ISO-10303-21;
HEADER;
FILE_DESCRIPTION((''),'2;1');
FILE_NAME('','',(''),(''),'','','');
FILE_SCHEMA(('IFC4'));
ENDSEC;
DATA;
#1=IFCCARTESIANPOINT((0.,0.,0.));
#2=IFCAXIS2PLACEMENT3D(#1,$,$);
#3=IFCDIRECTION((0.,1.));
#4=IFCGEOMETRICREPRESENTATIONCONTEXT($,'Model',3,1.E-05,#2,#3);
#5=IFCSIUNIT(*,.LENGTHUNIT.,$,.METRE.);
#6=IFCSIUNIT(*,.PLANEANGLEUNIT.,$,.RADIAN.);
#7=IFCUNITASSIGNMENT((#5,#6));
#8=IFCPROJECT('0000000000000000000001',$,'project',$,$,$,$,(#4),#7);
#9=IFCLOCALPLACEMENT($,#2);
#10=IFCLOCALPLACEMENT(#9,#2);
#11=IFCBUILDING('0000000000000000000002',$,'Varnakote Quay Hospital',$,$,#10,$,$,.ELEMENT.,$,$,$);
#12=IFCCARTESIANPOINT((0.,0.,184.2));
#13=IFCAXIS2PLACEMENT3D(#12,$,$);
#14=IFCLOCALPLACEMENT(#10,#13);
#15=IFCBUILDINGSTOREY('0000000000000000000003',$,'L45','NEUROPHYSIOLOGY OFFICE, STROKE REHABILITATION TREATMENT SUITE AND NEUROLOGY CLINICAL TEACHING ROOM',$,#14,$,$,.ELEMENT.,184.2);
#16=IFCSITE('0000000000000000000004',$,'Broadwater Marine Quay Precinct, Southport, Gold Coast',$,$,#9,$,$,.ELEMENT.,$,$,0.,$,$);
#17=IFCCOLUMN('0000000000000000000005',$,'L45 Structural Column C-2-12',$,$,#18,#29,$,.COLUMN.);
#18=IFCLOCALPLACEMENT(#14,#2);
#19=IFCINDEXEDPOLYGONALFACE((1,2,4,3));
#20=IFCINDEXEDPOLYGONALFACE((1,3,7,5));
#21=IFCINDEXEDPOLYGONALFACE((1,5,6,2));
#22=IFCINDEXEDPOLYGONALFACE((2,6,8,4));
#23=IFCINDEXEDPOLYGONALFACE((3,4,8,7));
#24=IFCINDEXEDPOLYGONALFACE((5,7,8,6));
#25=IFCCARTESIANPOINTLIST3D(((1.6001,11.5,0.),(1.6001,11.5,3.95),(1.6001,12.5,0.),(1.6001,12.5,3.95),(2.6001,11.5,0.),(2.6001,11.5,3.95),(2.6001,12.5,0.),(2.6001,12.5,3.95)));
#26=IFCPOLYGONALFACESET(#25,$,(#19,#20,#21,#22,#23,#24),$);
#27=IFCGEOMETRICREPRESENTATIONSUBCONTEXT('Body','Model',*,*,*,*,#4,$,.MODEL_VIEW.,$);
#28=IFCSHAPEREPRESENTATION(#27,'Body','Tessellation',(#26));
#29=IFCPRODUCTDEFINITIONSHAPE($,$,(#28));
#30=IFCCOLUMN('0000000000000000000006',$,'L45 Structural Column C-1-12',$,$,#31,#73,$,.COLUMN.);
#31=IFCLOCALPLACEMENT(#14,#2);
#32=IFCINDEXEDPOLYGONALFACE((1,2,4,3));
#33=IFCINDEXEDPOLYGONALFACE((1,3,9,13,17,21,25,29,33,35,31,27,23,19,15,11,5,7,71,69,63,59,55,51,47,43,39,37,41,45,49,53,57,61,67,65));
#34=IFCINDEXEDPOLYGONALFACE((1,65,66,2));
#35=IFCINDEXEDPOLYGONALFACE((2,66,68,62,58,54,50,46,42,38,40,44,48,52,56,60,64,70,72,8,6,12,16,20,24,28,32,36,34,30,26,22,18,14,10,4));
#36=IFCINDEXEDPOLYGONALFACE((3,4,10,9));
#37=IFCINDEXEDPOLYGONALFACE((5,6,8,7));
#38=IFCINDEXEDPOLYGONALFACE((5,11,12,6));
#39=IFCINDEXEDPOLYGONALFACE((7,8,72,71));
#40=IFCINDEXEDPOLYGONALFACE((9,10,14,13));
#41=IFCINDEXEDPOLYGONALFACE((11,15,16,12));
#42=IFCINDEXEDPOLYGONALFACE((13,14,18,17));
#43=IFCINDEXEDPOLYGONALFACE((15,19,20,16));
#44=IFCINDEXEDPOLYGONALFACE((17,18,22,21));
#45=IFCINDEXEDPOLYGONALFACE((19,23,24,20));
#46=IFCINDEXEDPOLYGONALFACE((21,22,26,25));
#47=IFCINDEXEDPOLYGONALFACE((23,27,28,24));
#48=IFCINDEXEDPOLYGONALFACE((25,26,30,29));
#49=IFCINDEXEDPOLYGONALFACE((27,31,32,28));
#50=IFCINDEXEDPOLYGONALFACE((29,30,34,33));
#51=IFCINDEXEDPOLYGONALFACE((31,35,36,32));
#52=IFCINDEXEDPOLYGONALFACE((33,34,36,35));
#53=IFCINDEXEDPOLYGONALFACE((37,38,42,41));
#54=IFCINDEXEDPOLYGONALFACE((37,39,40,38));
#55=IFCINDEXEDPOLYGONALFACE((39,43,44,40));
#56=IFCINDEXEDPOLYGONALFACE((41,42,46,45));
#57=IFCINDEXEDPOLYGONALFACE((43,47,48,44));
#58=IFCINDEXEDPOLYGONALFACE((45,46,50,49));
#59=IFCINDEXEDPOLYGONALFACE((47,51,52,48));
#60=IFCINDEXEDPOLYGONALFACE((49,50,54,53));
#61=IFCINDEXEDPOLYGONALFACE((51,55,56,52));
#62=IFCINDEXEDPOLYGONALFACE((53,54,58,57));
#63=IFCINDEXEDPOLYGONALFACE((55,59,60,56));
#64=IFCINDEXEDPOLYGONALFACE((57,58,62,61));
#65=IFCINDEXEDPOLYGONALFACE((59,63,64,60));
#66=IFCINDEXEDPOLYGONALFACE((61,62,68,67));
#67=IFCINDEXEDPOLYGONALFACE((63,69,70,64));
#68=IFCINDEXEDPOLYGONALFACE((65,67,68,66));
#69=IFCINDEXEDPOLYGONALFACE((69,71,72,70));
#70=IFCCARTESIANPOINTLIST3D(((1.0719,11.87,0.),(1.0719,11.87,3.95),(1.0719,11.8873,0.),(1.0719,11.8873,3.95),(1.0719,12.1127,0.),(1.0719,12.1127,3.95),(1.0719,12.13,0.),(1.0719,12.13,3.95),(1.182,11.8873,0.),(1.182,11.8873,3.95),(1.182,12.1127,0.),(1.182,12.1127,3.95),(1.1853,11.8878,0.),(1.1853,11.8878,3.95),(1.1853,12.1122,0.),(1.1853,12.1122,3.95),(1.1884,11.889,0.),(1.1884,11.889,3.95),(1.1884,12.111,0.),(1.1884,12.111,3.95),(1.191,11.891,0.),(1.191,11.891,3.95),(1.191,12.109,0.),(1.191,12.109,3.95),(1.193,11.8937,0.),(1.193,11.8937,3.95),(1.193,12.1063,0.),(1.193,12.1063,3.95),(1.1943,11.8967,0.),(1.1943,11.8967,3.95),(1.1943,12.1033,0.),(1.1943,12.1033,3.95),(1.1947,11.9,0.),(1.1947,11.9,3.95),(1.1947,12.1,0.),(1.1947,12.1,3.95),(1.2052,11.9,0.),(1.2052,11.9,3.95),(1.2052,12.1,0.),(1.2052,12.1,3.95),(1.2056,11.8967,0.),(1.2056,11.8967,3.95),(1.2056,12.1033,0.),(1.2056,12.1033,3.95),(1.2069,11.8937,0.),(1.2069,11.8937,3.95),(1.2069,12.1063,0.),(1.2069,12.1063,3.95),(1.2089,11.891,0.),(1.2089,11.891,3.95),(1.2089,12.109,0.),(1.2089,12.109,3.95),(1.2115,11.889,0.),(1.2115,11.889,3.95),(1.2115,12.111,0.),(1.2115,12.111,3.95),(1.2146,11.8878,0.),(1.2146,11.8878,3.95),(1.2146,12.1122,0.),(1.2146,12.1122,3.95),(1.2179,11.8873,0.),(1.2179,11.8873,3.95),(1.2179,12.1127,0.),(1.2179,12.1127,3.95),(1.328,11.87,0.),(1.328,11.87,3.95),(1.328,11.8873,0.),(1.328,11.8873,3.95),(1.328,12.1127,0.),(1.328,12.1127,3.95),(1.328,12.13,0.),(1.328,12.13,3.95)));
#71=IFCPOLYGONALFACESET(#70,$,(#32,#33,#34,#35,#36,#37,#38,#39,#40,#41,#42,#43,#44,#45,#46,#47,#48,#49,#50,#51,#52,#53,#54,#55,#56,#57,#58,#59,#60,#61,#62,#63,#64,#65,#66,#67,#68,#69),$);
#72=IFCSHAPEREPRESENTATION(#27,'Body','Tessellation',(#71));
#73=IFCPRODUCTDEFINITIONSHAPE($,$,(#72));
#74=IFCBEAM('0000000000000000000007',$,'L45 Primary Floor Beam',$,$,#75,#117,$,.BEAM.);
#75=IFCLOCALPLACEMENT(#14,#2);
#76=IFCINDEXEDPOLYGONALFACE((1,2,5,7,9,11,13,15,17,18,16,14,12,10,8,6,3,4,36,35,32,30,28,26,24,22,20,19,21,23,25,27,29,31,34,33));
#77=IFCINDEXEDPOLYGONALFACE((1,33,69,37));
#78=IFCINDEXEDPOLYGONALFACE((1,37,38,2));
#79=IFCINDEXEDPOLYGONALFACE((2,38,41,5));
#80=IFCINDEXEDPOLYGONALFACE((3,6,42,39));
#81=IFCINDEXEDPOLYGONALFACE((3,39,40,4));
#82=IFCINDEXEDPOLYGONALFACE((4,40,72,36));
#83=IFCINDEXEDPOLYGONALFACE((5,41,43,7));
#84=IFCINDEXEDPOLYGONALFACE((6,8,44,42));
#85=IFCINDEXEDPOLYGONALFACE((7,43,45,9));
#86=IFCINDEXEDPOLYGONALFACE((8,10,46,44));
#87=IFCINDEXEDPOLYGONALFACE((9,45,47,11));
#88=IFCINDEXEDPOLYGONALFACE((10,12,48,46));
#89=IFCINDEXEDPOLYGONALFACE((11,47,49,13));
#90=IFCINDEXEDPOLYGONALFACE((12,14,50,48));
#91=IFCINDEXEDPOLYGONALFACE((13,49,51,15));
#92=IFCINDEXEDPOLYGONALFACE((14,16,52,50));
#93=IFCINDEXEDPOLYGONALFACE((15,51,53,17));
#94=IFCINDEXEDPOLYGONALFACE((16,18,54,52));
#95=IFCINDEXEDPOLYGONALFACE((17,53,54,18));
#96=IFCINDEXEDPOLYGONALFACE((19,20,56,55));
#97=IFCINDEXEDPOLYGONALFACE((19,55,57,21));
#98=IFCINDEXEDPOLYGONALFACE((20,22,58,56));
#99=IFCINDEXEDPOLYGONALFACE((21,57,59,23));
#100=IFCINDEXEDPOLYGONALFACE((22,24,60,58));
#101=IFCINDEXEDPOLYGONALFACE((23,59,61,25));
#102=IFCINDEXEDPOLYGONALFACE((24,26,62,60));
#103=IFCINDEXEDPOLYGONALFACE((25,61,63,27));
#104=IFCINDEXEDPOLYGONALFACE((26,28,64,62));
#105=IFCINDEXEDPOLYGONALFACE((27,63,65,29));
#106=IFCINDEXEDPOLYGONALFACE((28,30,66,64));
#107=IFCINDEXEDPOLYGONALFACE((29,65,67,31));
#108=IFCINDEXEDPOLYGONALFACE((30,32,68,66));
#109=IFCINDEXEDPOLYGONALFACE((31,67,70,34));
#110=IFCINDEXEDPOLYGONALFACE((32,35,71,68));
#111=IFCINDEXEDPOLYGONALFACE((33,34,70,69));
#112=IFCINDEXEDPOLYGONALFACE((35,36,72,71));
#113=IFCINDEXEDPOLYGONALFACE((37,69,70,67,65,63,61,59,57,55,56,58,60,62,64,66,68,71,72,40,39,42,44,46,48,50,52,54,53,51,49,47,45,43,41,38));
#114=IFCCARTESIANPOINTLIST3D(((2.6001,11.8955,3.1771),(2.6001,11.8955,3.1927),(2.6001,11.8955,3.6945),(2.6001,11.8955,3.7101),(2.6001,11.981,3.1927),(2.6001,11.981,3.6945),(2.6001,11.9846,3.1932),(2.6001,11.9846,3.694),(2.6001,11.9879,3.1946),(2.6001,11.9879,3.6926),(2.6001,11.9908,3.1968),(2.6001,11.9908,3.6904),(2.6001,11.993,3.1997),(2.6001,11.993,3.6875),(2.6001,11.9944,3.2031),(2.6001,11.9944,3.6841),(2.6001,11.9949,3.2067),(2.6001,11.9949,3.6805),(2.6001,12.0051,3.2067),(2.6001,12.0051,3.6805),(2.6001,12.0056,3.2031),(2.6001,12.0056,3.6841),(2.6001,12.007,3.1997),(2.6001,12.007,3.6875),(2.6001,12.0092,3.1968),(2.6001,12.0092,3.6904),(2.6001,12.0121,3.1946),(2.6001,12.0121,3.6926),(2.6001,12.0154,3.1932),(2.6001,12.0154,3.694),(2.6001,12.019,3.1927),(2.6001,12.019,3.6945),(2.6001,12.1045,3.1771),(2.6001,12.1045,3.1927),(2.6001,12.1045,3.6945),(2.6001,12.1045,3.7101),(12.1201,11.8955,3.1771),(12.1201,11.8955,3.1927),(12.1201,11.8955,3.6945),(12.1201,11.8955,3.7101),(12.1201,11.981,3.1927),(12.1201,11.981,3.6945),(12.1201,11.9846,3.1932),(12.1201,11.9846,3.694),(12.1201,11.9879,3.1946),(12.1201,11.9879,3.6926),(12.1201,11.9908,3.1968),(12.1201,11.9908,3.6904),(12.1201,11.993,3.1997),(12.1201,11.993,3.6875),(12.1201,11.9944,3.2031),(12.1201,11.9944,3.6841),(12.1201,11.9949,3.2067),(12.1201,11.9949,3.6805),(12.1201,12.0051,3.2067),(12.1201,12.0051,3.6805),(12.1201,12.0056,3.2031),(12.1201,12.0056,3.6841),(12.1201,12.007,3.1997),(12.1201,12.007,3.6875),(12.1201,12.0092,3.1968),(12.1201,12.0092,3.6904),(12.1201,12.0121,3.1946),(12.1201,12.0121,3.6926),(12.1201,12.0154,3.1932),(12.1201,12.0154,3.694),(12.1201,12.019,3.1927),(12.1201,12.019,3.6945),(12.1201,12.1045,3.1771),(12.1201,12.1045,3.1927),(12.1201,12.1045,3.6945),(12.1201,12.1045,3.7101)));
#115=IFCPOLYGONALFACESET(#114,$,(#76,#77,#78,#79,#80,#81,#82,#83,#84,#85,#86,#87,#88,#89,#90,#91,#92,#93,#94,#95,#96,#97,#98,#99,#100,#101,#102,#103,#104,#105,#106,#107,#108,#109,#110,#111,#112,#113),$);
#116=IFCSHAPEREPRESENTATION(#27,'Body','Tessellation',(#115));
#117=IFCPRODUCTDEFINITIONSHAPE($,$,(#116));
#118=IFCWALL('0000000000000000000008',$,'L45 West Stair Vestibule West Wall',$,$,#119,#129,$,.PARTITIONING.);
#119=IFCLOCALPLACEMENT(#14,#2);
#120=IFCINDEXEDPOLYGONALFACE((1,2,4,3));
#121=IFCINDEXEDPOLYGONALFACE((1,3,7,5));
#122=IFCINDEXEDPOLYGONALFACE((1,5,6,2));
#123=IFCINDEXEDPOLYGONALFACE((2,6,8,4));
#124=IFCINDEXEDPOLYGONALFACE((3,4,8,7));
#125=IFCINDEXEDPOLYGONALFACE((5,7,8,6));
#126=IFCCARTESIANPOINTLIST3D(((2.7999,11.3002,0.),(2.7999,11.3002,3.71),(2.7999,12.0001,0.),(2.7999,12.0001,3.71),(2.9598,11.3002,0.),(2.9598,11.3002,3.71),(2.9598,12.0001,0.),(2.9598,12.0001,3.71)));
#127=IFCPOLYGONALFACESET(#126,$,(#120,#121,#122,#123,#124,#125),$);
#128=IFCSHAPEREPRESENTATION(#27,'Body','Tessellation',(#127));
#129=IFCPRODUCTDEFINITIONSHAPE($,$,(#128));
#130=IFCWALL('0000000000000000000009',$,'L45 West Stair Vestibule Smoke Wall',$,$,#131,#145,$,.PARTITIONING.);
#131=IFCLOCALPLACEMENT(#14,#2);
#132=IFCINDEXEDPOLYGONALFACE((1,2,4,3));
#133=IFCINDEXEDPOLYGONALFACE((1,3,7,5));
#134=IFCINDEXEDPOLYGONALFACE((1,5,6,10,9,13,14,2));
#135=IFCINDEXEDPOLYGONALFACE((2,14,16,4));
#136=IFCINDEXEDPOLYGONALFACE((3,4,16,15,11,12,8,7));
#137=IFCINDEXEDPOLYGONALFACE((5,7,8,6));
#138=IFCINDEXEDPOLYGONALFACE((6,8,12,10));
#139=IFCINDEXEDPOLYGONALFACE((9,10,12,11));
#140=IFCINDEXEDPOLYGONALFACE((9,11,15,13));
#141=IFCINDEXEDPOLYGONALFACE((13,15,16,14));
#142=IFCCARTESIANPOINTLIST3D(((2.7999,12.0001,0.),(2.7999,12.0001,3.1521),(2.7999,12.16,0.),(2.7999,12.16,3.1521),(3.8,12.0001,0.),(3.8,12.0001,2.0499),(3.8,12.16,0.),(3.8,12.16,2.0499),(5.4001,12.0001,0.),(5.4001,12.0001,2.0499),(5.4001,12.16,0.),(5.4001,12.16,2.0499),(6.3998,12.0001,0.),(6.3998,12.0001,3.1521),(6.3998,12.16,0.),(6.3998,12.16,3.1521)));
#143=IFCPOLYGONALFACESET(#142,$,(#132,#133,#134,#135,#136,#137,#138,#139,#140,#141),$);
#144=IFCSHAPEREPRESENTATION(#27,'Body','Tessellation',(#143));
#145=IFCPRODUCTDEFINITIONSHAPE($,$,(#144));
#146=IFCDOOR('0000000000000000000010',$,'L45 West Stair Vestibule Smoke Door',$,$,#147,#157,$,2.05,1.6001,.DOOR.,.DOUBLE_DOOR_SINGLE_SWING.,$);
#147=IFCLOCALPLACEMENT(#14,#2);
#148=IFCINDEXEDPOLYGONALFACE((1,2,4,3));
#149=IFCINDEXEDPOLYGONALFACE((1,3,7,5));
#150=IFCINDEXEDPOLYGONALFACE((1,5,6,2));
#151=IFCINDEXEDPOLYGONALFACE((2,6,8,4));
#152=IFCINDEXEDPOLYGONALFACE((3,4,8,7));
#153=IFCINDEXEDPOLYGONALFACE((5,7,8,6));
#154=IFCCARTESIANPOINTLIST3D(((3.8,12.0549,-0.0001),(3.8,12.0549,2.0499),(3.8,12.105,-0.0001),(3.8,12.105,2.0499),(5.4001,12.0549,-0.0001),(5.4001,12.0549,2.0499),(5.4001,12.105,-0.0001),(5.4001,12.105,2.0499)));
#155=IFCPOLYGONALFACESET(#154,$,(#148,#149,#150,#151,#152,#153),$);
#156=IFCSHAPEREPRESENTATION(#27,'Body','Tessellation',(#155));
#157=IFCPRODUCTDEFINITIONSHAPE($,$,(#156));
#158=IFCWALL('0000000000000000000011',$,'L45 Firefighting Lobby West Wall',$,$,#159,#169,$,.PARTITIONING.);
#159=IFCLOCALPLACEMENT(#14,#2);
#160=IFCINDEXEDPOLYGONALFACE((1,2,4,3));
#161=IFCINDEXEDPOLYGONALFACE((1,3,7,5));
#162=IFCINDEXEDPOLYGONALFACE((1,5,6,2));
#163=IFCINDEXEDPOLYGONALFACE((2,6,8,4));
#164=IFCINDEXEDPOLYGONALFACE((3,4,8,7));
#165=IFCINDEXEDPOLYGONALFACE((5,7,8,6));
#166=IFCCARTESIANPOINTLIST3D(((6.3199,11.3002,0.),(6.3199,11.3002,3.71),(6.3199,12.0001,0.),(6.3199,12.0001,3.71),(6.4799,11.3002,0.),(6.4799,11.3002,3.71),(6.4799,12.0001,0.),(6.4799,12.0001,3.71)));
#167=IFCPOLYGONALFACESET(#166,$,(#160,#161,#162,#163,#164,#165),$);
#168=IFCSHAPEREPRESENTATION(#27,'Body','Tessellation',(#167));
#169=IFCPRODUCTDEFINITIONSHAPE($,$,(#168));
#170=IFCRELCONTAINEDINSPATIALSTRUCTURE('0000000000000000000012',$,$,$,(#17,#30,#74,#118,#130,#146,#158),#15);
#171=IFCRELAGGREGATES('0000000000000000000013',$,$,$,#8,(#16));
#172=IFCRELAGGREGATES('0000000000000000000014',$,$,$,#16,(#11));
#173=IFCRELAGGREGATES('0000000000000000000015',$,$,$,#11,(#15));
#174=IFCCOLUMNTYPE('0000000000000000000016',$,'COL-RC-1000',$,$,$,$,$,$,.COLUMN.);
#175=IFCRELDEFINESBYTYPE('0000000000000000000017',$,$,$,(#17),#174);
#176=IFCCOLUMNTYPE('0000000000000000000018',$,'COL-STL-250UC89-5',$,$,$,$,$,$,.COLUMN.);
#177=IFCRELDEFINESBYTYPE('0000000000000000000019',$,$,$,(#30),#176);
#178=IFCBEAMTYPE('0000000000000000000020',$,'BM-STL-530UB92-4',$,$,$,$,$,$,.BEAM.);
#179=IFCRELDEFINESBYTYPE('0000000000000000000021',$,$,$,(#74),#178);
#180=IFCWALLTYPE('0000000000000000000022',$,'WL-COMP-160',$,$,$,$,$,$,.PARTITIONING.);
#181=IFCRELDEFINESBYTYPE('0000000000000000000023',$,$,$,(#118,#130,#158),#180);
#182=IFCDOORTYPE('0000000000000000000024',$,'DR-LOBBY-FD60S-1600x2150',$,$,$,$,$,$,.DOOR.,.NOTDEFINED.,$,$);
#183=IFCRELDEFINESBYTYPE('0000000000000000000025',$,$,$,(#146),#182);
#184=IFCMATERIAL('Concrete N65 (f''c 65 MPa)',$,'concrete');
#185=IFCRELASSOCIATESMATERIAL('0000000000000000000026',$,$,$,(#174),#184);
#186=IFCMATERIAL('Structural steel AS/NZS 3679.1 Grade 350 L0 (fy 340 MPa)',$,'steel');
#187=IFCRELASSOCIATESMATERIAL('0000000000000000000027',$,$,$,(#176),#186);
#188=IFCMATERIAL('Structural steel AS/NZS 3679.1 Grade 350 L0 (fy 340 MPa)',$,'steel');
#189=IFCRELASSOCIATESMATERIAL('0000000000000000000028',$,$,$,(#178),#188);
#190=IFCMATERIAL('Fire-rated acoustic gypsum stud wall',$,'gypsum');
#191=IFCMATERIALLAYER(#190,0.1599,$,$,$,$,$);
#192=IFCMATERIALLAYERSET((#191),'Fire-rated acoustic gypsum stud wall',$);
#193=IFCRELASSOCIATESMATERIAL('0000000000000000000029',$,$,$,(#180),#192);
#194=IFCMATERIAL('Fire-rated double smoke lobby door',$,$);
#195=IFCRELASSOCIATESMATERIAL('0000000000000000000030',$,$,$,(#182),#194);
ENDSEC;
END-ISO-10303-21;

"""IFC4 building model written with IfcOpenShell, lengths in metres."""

from ifc_helpers import new_model, si_unit, direction, frame, frame_2d, origin, origin_2d, place, context, subcontext, project, spatial, rectangle, i_section, extrude, material, layer, layer_set, material_profile, profile_set, type_object, element, fill, save


model = new_model("IFC4")

# Units and contexts
model_context = context("Model", 3, precision=1e-05, world=origin(), true_north=direction((0.0, 1.0)))
body_context = subcontext(model_context, "Body", "Model", "MODEL_VIEW")
ifc_project = project(units=[si_unit("LENGTHUNIT", "METRE"), si_unit("PLANEANGLEUNIT", "RADIAN")], contexts=[model_context])

# Site, building, storey
site_placement = place(None, origin())
site = spatial("IfcSite", under=ifc_project, at=site_placement, Name="Broadwater Marine Quay Precinct, Southport, Gold Coast", CompositionType="ELEMENT", RefElevation=0.0)
building_placement = place(site_placement, origin())
building = spatial("IfcBuilding", under=site, at=building_placement, Name="Varnakote Quay Hospital", CompositionType="ELEMENT")
storey_placement = place(building_placement, frame((0.0, 0.0, 184.2)))
storey = spatial("IfcBuildingStorey", under=building, at=storey_placement, Name="L45", Description="NEUROPHYSIOLOGY OFFICE, STROKE REHABILITATION TREATMENT SUITE AND NEUROLOGY CLINICAL TEACHING ROOM", CompositionType="ELEMENT", Elevation=184.2)

# Columns
ifc_material_1 = material(Name="Concrete N65 (f'c 65 MPa)", Category="concrete")
ifc_material_profile_1 = material_profile(ifc_material_1, rectangle(XDim=1.0, YDim=1.0, at=origin_2d()), Name="RC-COL-1000x1000")
ifc_profile_set_1 = profile_set([ifc_material_profile_1], Name="Concrete N65 (f'c 65 MPa)")
column_type_1 = type_object("IfcColumnType", Name="COL-RC-1000", PredefinedType="COLUMN", material=ifc_profile_set_1)
column_1_placement = place(storey_placement, frame((2.1001, 12.0, 0.0), z_axis=(0.0, 0.0, 1.0), x_axis=(1.0, 0.0, 0.0)))
element("IfcColumn", 1, at=column_1_placement, inside=storey, type_object=column_type_1, Name="L45 Structural Column C-2-12", PredefinedType="COLUMN", context=body_context, shape_type="SweptSolid", body=[
    extrude(rectangle(XDim=1.0, YDim=1.0, at=origin_2d()), origin(), (0.0, 0.0, 1.0), 3.95),
])
ifc_material_2 = material(Name="Structural steel AS/NZS 3679.1 Grade 350 L0 (fy 340 MPa)", Category="steel")
ifc_material_profile_2 = material_profile(ifc_material_2, i_section(OverallWidth=0.2561, OverallDepth=0.26, WebThickness=0.0105, FlangeThickness=0.0173, FilletRadius=0.0127, at=origin_2d()), Name="250UC89.5")
ifc_profile_set_2 = profile_set([ifc_material_profile_2], Name="Structural steel AS/NZS 3679.1 Grade 350 L0 (fy 340 MPa)")
column_type_2 = type_object("IfcColumnType", Name="COL-STL-250UC89-5", PredefinedType="COLUMN", material=ifc_profile_set_2)
column_2_placement = place(storey_placement, frame((1.2, 12.0, 0.0), z_axis=(0.0, 0.0, 1.0), x_axis=(1.0, 0.0, 0.0)))
element("IfcColumn", 2, at=column_2_placement, inside=storey, type_object=column_type_2, Name="L45 Structural Column C-1-12", PredefinedType="COLUMN", context=body_context, shape_type="SweptSolid", body=[
    extrude(i_section(OverallWidth=0.2561, OverallDepth=0.26, WebThickness=0.0105, FlangeThickness=0.0173, FilletRadius=0.0127, at=origin_2d()), origin(), (0.0, 0.0, 1.0), 3.95),
])

# Beam
ifc_material_3 = material(Name="Structural steel AS/NZS 3679.1 Grade 350 L0 (fy 340 MPa)", Category="steel")
ifc_material_profile_3 = material_profile(ifc_material_3, i_section(OverallWidth=0.209, OverallDepth=0.533, WebThickness=0.0103, FlangeThickness=0.0156, FilletRadius=0.0139, at=origin_2d()), Name="530UB92.4")
ifc_profile_set_3 = profile_set([ifc_material_profile_3], Name="Structural steel AS/NZS 3679.1 Grade 350 L0 (fy 340 MPa)")
beam_type = type_object("IfcBeamType", Name="BM-STL-530UB92-4", PredefinedType="BEAM", material=ifc_profile_set_3)
beam_placement = place(storey_placement, frame((2.6001, 12.0, 3.4436), z_axis=(1.0, 0.0, 0.0), x_axis=(0.0, 1.0, 0.0)))
element("IfcBeam", 3, at=beam_placement, inside=storey, type_object=beam_type, Name="L45 Primary Floor Beam", PredefinedType="BEAM", context=body_context, shape_type="SweptSolid", body=[
    extrude(i_section(OverallWidth=0.209, OverallDepth=0.533, WebThickness=0.0103, FlangeThickness=0.0156, FilletRadius=0.0139, at=origin_2d()), origin(), (0.0, 0.0, 1.0), 9.52),
])

# Wall
ifc_material_4 = material(Name="Fire-rated acoustic gypsum stud wall", Category="gypsum")
ifc_layer_1 = layer(ifc_material_4, 0.1599)
ifc_layer_set_1 = layer_set([ifc_layer_1], Name="Fire-rated acoustic gypsum stud wall")
wall_type_1 = type_object("IfcWallType", Name="WL-COMP-160", PredefinedType="PARTITIONING", material=ifc_layer_set_1)
wall_1_placement = place(storey_placement, frame((2.8799, 11.3, 0.0), z_axis=(0.0, 0.0, 1.0), x_axis=(0.0, 1.0, 0.0)))
element("IfcWall", 4, at=wall_1_placement, inside=storey, type_object=wall_type_1, Name="L45 West Stair Vestibule West Wall", PredefinedType="PARTITIONING", context=body_context, shape_type="SweptSolid", body=[
    extrude(rectangle(XDim=0.7, YDim=0.1599, at=frame_2d((0.3501, 0.0))), origin(), (0.0, 0.0, 1.0), 3.71),
])

# Wall, opening, door
wall_2_placement = place(storey_placement, frame((2.8, 12.0801, 0.0), z_axis=(0.0, 0.0, 1.0), x_axis=(1.0, 0.0, 0.0)))
wall_2 = element("IfcWall", 5, at=wall_2_placement, inside=storey, type_object=wall_type_1, Name="L45 West Stair Vestibule Smoke Wall", PredefinedType="PARTITIONING", context=body_context, shape_type="SweptSolid", body=[
    extrude(rectangle(XDim=3.5999, YDim=0.1599, at=frame_2d((1.7998, 0.0))), origin(), (0.0, 0.0, 1.0), 3.1521),
])
opening_1_placement = place(wall_2_placement, frame((1.0, 0.0, 0.0)))
opening_1 = element("IfcOpeningElement", 6, at=opening_1_placement, cuts=wall_2, PredefinedType="OPENING", context=body_context, shape_type="SweptSolid", body=[
    extrude(rectangle(XDim=1.6001, YDim=2.05, at=frame_2d((0.8, 1.0249))), frame((0.0, 0.0898, 0.0), z_axis=(0.0, -1.0, 0.0), x_axis=(1.0, 0.0, 0.0)), (0.0, 0.0, 1.0), 0.1799),
])
ifc_material_5 = material(Name="Fire-rated double smoke lobby door")
door_type_1 = type_object("IfcDoorType", Name="DR-LOBBY-FD60S-1600x2150", OperationType="NOTDEFINED", PredefinedType="DOOR", material=ifc_material_5)
door_1_placement = place(opening_1_placement, origin())
door_1 = element("IfcDoor", 7, at=door_1_placement, inside=storey, type_object=door_type_1, Name="L45 West Stair Vestibule Smoke Door", OperationType="DOUBLE_DOOR_SINGLE_SWING", OverallHeight=2.05, OverallWidth=1.6001, PredefinedType="DOOR", context=body_context, shape_type="SweptSolid", body=[
    extrude(rectangle(XDim=1.6001, YDim=2.05, at=frame_2d((0.8, 1.0249))), frame((0.0, 0.0249, 0.0), z_axis=(0.0, -1.0, 0.0), x_axis=(1.0, 0.0, 0.0)), (0.0, 0.0, 1.0), 0.05),
])
fill(opening_1, door_1)

# Wall
wall_3_placement = place(storey_placement, frame((6.3999, 11.3, 0.0), z_axis=(0.0, 0.0, 1.0), x_axis=(0.0, 1.0, 0.0)))
element("IfcWall", 8, at=wall_3_placement, inside=storey, type_object=wall_type_1, Name="L45 Firefighting Lobby West Wall", PredefinedType="PARTITIONING", context=body_context, shape_type="SweptSolid", body=[
    extrude(rectangle(XDim=0.7, YDim=0.1599, at=frame_2d((0.3501, 0.0))), origin(), (0.0, 0.0, 1.0), 3.71),
])

save(model, "model.ifc")
